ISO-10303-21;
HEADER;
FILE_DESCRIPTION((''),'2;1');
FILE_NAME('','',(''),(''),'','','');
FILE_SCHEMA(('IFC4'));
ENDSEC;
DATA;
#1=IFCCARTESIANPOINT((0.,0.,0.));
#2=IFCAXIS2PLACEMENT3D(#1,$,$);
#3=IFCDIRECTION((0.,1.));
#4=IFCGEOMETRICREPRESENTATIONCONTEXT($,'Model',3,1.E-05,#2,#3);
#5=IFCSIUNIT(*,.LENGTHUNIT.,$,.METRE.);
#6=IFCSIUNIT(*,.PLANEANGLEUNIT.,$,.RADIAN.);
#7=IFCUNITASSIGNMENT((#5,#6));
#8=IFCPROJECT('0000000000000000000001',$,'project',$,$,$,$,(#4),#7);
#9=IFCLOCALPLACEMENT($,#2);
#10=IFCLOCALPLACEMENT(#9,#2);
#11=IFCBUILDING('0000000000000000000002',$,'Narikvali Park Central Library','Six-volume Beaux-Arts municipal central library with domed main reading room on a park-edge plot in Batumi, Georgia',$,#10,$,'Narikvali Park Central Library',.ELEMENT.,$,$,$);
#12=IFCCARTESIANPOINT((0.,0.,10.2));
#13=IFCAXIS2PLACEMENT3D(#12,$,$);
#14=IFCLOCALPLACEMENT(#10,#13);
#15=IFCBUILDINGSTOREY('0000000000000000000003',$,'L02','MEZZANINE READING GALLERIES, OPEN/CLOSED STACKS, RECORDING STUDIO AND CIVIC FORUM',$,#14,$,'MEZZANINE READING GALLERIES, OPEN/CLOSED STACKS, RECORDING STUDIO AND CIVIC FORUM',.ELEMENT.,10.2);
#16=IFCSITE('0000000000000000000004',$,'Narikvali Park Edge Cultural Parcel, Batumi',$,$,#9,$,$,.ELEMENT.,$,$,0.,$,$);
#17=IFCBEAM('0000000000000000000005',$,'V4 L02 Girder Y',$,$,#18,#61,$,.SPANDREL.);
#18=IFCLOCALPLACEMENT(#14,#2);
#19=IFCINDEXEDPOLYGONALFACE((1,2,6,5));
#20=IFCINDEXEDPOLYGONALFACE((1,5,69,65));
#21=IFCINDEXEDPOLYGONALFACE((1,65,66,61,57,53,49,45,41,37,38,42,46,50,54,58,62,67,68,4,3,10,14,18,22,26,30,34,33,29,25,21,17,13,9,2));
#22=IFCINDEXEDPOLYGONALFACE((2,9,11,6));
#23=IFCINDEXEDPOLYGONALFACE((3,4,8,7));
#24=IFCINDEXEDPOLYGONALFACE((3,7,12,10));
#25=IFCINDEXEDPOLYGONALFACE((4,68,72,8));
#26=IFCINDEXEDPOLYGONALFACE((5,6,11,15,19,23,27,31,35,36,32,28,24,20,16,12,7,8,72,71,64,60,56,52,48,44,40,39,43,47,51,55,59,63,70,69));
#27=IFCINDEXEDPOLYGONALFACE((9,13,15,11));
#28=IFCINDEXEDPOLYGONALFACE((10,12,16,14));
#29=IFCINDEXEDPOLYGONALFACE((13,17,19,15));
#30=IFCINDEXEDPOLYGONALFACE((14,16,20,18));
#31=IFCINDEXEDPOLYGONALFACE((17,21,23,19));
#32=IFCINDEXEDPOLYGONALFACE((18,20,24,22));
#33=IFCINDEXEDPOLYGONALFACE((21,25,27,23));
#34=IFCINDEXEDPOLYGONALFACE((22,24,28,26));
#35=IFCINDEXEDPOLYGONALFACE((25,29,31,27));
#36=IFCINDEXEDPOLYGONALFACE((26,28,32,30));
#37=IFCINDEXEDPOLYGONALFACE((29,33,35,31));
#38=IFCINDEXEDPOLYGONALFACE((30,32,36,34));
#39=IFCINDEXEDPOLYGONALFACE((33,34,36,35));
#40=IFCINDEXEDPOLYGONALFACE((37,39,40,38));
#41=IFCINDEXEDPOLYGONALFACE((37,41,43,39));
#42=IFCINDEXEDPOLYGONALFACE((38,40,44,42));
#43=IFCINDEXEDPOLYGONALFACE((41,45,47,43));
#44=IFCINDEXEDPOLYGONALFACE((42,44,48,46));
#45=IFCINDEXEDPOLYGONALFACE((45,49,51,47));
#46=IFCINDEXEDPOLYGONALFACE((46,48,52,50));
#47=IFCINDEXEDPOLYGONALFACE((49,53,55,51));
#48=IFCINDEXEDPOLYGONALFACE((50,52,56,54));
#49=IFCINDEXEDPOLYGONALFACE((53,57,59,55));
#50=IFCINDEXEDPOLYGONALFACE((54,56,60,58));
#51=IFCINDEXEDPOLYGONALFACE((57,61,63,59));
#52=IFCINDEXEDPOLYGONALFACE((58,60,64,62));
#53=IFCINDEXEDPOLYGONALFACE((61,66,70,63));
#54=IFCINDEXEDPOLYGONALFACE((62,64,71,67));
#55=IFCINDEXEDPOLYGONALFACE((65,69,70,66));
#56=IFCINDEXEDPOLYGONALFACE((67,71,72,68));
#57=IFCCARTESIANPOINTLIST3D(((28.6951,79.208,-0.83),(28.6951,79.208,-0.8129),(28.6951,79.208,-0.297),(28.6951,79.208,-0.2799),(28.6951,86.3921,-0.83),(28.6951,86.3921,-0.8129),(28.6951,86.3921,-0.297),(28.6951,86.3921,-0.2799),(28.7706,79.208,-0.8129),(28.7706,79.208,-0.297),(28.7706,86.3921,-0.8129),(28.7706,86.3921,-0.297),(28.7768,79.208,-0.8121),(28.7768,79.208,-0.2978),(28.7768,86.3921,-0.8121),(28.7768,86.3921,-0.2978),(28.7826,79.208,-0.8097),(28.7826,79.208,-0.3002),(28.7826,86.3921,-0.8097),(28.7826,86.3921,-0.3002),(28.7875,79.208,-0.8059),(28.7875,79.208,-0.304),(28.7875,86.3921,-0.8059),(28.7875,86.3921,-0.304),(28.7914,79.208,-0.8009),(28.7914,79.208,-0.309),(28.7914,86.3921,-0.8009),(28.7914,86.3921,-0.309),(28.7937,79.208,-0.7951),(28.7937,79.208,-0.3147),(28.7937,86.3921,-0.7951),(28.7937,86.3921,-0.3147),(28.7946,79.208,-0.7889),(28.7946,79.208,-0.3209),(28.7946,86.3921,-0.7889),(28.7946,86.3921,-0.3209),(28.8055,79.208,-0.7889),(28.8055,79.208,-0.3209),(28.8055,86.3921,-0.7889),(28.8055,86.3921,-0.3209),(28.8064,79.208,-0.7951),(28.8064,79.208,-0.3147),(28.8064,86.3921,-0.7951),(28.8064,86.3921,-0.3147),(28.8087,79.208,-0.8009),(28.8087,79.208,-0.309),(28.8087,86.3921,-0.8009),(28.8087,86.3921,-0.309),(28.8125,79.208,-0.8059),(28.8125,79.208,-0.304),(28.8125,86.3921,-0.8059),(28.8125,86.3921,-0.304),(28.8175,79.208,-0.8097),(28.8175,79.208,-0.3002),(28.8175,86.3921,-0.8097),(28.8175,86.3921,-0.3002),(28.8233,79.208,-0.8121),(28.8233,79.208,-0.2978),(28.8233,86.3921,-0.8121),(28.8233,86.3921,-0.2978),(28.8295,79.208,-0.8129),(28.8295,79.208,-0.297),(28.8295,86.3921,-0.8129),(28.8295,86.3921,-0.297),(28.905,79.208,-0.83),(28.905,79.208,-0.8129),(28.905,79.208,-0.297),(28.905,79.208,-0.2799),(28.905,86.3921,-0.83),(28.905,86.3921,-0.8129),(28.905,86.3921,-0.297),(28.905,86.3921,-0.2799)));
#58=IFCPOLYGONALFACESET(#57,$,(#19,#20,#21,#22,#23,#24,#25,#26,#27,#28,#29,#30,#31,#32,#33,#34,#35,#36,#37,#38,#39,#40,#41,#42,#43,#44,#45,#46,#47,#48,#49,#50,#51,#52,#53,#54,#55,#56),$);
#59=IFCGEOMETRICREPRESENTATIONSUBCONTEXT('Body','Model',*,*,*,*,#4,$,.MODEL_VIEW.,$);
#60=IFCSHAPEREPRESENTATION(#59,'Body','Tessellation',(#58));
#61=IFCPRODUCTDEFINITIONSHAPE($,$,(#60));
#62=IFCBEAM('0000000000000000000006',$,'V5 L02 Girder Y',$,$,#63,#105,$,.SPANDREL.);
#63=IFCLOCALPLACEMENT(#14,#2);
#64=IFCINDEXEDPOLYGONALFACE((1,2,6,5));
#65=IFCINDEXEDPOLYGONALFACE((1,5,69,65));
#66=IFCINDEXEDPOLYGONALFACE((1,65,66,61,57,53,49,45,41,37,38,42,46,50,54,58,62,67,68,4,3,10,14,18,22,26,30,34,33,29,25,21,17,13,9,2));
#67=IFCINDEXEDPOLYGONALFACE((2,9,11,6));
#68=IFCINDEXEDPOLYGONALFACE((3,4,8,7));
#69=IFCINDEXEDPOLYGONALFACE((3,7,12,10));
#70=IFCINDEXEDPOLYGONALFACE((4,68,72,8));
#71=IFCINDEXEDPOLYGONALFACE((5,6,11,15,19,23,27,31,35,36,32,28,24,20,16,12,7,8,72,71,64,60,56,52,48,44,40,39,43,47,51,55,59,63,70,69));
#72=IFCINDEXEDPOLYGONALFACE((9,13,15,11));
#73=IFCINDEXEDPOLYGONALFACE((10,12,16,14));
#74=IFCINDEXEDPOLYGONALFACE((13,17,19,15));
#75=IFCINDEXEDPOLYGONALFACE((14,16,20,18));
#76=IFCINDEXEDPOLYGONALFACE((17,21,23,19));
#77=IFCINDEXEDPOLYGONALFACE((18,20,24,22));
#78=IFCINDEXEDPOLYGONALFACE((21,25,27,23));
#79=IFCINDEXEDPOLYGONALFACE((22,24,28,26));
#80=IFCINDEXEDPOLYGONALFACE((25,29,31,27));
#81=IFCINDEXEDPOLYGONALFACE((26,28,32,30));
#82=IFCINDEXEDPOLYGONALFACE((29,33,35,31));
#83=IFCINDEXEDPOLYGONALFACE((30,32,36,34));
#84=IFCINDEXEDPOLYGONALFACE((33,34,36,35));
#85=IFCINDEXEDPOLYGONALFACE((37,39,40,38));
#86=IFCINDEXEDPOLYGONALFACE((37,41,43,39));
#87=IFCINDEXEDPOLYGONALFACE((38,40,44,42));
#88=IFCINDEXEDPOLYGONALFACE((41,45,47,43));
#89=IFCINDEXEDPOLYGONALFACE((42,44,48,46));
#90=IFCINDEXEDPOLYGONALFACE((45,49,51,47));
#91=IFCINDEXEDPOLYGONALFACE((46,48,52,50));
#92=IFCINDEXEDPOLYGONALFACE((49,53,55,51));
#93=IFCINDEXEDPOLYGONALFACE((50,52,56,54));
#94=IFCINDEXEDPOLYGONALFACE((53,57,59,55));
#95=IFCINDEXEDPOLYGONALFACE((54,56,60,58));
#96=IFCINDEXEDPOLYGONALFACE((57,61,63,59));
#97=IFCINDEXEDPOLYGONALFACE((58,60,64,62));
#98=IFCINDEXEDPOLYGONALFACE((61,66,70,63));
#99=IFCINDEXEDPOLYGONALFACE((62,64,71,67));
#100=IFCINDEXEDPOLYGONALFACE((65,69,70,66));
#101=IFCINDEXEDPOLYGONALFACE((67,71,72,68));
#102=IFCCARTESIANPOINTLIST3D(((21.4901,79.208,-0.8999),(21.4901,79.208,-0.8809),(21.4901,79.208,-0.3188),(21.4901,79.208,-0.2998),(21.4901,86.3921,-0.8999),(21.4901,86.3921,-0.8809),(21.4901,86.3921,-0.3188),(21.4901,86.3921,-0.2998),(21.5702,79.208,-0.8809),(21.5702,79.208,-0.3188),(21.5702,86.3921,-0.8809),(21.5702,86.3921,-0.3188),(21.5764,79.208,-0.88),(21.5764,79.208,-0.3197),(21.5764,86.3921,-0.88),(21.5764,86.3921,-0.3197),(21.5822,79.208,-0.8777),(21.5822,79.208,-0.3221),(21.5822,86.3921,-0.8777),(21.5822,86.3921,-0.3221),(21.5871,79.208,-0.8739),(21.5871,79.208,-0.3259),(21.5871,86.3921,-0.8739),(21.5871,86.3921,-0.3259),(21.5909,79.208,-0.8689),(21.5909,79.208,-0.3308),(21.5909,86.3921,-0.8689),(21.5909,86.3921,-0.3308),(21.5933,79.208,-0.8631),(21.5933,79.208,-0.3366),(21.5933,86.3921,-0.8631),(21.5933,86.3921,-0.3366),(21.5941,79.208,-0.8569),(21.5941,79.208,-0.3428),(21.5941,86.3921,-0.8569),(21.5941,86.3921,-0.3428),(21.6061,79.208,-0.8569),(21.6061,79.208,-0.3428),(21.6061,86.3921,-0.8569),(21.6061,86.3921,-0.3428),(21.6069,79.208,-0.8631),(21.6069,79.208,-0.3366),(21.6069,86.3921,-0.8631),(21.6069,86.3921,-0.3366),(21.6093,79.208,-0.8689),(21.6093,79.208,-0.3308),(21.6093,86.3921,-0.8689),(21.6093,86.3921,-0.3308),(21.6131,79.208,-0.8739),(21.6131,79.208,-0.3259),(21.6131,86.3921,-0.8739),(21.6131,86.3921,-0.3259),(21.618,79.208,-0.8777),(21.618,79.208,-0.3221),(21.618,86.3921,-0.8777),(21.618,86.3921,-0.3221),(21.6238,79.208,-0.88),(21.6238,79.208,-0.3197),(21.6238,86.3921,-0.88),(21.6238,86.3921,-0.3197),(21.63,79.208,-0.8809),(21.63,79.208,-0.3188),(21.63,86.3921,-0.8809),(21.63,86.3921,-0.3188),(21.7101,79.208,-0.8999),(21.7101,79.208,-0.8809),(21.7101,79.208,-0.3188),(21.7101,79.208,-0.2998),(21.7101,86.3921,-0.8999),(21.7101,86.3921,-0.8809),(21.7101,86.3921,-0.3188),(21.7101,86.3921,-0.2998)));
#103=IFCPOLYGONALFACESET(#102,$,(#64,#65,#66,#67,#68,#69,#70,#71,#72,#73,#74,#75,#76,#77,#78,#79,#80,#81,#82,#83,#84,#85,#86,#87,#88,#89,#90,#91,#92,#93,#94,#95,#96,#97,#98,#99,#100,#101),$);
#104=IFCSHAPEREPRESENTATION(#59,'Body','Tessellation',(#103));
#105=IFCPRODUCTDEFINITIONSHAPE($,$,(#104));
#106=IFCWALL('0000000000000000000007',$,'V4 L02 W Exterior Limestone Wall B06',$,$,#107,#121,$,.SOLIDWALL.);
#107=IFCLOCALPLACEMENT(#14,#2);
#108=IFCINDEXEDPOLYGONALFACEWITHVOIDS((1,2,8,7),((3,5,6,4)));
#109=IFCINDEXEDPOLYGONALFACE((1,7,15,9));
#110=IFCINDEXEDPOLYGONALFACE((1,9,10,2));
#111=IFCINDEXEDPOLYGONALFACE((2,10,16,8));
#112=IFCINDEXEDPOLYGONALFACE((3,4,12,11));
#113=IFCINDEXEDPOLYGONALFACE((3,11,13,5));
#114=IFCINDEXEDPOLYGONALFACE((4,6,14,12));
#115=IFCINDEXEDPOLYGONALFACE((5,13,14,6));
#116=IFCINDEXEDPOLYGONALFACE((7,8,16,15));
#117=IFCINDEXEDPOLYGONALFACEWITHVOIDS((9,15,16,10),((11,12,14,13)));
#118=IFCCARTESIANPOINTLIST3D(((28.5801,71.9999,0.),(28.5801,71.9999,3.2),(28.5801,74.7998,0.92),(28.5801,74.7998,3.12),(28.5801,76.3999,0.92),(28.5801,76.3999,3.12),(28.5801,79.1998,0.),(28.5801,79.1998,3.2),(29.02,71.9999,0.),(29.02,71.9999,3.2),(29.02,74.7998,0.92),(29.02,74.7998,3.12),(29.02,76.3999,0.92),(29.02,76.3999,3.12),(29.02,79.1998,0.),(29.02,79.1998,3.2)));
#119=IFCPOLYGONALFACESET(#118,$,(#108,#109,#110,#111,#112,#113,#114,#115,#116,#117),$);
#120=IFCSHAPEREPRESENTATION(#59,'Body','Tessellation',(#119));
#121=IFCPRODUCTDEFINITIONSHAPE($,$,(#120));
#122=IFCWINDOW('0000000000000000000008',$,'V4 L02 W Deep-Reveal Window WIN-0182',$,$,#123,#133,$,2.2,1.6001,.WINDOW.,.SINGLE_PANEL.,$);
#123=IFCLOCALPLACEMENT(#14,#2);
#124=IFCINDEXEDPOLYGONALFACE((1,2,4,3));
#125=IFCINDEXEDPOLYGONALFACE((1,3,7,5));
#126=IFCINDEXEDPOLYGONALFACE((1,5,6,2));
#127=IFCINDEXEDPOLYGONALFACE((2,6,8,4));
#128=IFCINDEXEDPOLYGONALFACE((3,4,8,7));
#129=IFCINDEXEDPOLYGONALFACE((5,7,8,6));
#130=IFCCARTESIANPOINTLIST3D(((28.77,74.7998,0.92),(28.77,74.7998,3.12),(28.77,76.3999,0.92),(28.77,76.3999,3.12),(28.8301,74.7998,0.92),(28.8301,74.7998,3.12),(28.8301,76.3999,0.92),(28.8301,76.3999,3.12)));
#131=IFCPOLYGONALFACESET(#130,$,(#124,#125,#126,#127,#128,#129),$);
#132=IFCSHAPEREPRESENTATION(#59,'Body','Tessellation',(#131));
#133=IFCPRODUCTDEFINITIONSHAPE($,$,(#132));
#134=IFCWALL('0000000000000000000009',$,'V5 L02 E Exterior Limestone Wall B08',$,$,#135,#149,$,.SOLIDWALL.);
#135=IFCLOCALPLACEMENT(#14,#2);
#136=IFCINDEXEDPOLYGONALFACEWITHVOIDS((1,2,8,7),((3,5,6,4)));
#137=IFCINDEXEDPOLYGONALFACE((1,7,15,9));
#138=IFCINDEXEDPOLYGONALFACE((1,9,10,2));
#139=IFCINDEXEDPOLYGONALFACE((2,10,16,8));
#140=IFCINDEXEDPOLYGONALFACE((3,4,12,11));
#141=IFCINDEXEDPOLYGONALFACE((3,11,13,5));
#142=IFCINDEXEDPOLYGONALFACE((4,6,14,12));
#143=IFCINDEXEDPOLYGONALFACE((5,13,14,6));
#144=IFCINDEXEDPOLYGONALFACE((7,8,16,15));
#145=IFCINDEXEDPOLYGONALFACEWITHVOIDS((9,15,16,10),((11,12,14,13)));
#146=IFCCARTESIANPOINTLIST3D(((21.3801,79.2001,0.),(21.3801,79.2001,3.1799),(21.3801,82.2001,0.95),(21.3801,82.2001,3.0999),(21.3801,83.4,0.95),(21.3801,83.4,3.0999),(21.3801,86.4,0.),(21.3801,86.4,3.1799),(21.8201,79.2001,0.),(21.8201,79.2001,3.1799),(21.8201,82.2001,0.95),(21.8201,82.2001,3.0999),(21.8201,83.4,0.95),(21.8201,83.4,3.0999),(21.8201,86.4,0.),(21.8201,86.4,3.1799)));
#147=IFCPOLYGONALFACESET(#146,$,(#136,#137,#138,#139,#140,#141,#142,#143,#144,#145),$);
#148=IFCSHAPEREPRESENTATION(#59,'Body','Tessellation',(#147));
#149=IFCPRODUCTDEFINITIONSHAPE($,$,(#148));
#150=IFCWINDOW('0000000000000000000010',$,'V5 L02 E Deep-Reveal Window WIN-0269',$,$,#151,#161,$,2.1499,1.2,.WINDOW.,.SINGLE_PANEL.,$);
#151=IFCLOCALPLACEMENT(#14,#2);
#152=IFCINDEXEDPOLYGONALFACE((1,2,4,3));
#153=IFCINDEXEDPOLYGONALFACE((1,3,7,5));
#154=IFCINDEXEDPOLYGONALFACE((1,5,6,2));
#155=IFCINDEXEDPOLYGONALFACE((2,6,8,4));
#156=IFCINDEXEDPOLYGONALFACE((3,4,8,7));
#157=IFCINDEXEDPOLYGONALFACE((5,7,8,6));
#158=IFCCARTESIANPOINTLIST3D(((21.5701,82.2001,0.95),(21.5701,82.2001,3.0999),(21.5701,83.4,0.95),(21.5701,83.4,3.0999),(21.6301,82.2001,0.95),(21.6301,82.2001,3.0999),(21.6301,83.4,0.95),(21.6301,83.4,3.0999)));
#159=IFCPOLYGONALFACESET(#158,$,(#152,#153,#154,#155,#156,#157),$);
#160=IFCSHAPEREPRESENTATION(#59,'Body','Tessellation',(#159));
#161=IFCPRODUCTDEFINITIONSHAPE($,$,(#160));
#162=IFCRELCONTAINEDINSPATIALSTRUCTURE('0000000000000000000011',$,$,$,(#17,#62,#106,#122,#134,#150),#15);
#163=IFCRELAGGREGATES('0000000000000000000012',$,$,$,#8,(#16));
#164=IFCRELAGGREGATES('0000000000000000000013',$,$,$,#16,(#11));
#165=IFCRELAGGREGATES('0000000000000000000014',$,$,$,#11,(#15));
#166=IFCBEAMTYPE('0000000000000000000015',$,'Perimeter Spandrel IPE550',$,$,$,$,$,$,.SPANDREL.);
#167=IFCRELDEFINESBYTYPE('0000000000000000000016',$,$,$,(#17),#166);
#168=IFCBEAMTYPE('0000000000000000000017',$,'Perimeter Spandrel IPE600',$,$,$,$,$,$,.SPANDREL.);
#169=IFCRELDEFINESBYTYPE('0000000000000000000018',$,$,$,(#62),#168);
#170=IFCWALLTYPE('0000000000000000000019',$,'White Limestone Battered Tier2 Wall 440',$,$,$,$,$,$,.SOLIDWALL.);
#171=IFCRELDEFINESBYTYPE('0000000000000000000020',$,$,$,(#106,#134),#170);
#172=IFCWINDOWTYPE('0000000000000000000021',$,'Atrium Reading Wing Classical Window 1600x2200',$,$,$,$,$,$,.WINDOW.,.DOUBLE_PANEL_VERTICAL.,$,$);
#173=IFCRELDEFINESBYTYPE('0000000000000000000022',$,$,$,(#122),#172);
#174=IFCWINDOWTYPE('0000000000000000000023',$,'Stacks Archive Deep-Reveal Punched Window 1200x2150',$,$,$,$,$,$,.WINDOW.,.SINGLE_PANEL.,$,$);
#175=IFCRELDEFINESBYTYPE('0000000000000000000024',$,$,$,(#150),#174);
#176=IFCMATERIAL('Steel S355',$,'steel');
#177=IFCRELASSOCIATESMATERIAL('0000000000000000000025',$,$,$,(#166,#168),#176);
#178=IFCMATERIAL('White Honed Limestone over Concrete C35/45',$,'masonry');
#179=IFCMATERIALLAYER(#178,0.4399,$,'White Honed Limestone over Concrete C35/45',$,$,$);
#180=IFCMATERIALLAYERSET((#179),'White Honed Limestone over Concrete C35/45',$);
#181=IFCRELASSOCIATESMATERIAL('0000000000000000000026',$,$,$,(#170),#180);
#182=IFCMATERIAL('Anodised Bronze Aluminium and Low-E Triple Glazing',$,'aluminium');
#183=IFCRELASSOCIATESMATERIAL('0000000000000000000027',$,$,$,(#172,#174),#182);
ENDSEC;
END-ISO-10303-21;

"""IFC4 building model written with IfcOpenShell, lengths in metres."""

from ifc_helpers import new_model, si_unit, direction, frame, frame_2d, origin, origin_2d, place, context, subcontext, project, spatial, rectangle, i_section, extrude, material, layer, layer_set, material_profile, profile_set, type_object, element, fill, save


model = new_model("IFC4")

# Units and contexts
model_context = context("Model", 3, precision=1e-05, world=origin(), true_north=direction((0.0, 1.0)))
body_context = subcontext(model_context, "Body", "Model", "MODEL_VIEW")
ifc_project = project(units=[si_unit("LENGTHUNIT", "METRE"), si_unit("PLANEANGLEUNIT", "RADIAN")], contexts=[model_context])

# Site, building, storey
site_placement = place(None, origin())
site = spatial("IfcSite", under=ifc_project, at=site_placement, Name="Narikvali Park Edge Cultural Parcel, Batumi", CompositionType="ELEMENT", RefElevation=0.0)
building_placement = place(site_placement, origin())
building = spatial("IfcBuilding", under=site, at=building_placement, Name="Narikvali Park Central Library", Description="Six-volume Beaux-Arts municipal central library with domed main reading room on a park-edge plot in Batumi, Georgia", LongName="Narikvali Park Central Library", CompositionType="ELEMENT")
storey_placement = place(building_placement, frame((0.0, 0.0, 10.2)))
storey = spatial("IfcBuildingStorey", under=building, at=storey_placement, Name="L02", Description="MEZZANINE READING GALLERIES, OPEN/CLOSED STACKS, RECORDING STUDIO AND CIVIC FORUM", LongName="MEZZANINE READING GALLERIES, OPEN/CLOSED STACKS, RECORDING STUDIO AND CIVIC FORUM", CompositionType="ELEMENT", Elevation=10.2)

# Shared definitions
ifc_material_1 = material(Name="Steel S355", Category="steel")

# Beams
ifc_material_profile_1 = material_profile(ifc_material_1, i_section(OverallWidth=0.21, OverallDepth=0.55, WebThickness=0.011, FlangeThickness=0.0171, FilletRadius=0.0239, at=origin_2d()), Name="IPE 550")
ifc_profile_set_1 = profile_set([ifc_material_profile_1], Name="Steel S355")
beam_type_1 = type_object("IfcBeamType", Name="Perimeter Spandrel IPE550", PredefinedType="SPANDREL", material=ifc_profile_set_1)
beam_1_placement = place(storey_placement, frame((28.8, 79.208, -0.5549), z_axis=(0.0, 1.0, 0.0), x_axis=(-1.0, 0.0, 0.0)))
element("IfcBeam", 1, at=beam_1_placement, inside=storey, type_object=beam_type_1, Name="V4 L02 Girder Y", PredefinedType="SPANDREL", context=body_context, shape_type="SweptSolid", body=[
    extrude(i_section(OverallWidth=0.21, OverallDepth=0.55, WebThickness=0.011, FlangeThickness=0.0171, FilletRadius=0.0239, at=origin_2d()), origin(), (0.0, 0.0, 1.0), 7.1841),
])
ifc_material_profile_2 = material_profile(ifc_material_1, i_section(OverallWidth=0.22, OverallDepth=0.6001, WebThickness=0.012, FlangeThickness=0.019, FilletRadius=0.0239, at=origin_2d()), Name="IPE 600")
ifc_profile_set_2 = profile_set([ifc_material_profile_2], Name="Steel S355")
beam_type_2 = type_object("IfcBeamType", Name="Perimeter Spandrel IPE600", PredefinedType="SPANDREL", material=ifc_profile_set_2)
beam_2_placement = place(storey_placement, frame((21.6001, 79.208, -0.5999), z_axis=(0.0, 1.0, 0.0), x_axis=(-1.0, 0.0, 0.0)))
element("IfcBeam", 2, at=beam_2_placement, inside=storey, type_object=beam_type_2, Name="V5 L02 Girder Y", PredefinedType="SPANDREL", context=body_context, shape_type="SweptSolid", body=[
    extrude(i_section(OverallWidth=0.22, OverallDepth=0.6001, WebThickness=0.012, FlangeThickness=0.019, FilletRadius=0.0239, at=origin_2d()), origin(), (0.0, 0.0, 1.0), 7.1841),
])

# Walls, openings, windows
ifc_material_2 = material(Name="White Honed Limestone over Concrete C35/45", Category="masonry")
ifc_layer_1 = layer(ifc_material_2, 0.4399, Name="White Honed Limestone over Concrete C35/45")
ifc_layer_set_1 = layer_set([ifc_layer_1], Name="White Honed Limestone over Concrete C35/45")
wall_type = type_object("IfcWallType", Name="White Limestone Battered Tier2 Wall 440", PredefinedType="SOLIDWALL", material=ifc_layer_set_1)
wall_1_placement = place(storey_placement, frame((28.8, 79.2, 0.0), z_axis=(0.0, 0.0, 1.0), x_axis=(0.0, -1.0, 0.0)))
wall_1 = element("IfcWall", 3, at=wall_1_placement, inside=storey, type_object=wall_type, Name="V4 L02 W Exterior Limestone Wall B06", PredefinedType="SOLIDWALL", context=body_context, shape_type="SweptSolid", body=[
    extrude(rectangle(XDim=7.2, YDim=0.4399, at=frame_2d((3.6001, 0.0))), origin(), (0.0, 0.0, 1.0), 3.2),
])
opening_1_placement = place(wall_1_placement, frame((2.8, 0.0, 0.9199)))
opening_1 = element("IfcOpeningElement", 4, at=opening_1_placement, cuts=wall_1, PredefinedType="OPENING", context=body_context, shape_type="SweptSolid", body=[
    extrude(rectangle(XDim=1.6001, YDim=2.2, at=frame_2d((0.8, 1.1001))), frame((0.0, 0.2319, 0.0), z_axis=(0.0, -1.0, 0.0), x_axis=(1.0, 0.0, 0.0)), (0.0, 0.0, 1.0), 0.4639),
])
ifc_material_3 = material(Name="Anodised Bronze Aluminium and Low-E Triple Glazing", Category="aluminium")
window_type_1 = type_object("IfcWindowType", Name="Atrium Reading Wing Classical Window 1600x2200", PartitioningType="DOUBLE_PANEL_VERTICAL", PredefinedType="WINDOW", material=ifc_material_3)
window_1_placement = place(opening_1_placement, origin())
window_1 = element("IfcWindow", 5, at=window_1_placement, inside=storey, type_object=window_type_1, Name="V4 L02 W Deep-Reveal Window WIN-0182", OverallHeight=2.2, OverallWidth=1.6001, PartitioningType="SINGLE_PANEL", PredefinedType="WINDOW", context=body_context, shape_type="SweptSolid", body=[
    extrude(rectangle(XDim=1.6001, YDim=2.2, at=frame_2d((0.8, 1.1001))), frame((0.0, 0.03, 0.0), z_axis=(0.0, -1.0, 0.0), x_axis=(1.0, 0.0, 0.0)), (0.0, 0.0, 1.0), 0.0601),
])
fill(opening_1, window_1)
wall_2_placement = place(storey_placement, frame((21.6001, 79.2, 0.0), z_axis=(0.0, 0.0, 1.0), x_axis=(0.0, 1.0, 0.0)))
wall_2 = element("IfcWall", 6, at=wall_2_placement, inside=storey, type_object=wall_type, Name="V5 L02 E Exterior Limestone Wall B08", PredefinedType="SOLIDWALL", context=body_context, shape_type="SweptSolid", body=[
    extrude(rectangle(XDim=7.2, YDim=0.4399, at=frame_2d((3.6001, 0.0))), origin(), (0.0, 0.0, 1.0), 3.1799),
])
opening_2_placement = place(wall_2_placement, frame((3.0, 0.0, 0.95)))
opening_2 = element("IfcOpeningElement", 7, at=opening_2_placement, cuts=wall_2, PredefinedType="OPENING", context=body_context, shape_type="SweptSolid", body=[
    extrude(rectangle(XDim=1.2, YDim=2.1499, at=frame_2d((0.6001, 1.075))), frame((0.0, 0.2319, 0.0), z_axis=(0.0, -1.0, 0.0), x_axis=(1.0, 0.0, 0.0)), (0.0, 0.0, 1.0), 0.4639),
])
window_type_2 = type_object("IfcWindowType", Name="Stacks Archive Deep-Reveal Punched Window 1200x2150", PartitioningType="SINGLE_PANEL", PredefinedType="WINDOW", material=ifc_material_3)
window_2_placement = place(opening_2_placement, origin())
window_2 = element("IfcWindow", 8, at=window_2_placement, inside=storey, type_object=window_type_2, Name="V5 L02 E Deep-Reveal Window WIN-0269", OverallHeight=2.1499, OverallWidth=1.2, PartitioningType="SINGLE_PANEL", PredefinedType="WINDOW", context=body_context, shape_type="SweptSolid", body=[
    extrude(rectangle(XDim=1.2, YDim=2.1499, at=frame_2d((0.6001, 1.075))), frame((0.0, 0.03, 0.0), z_axis=(0.0, -1.0, 0.0), x_axis=(1.0, 0.0, 0.0)), (0.0, 0.0, 1.0), 0.0601),
])
fill(opening_2, window_2)

save(model, "model.ifc")
